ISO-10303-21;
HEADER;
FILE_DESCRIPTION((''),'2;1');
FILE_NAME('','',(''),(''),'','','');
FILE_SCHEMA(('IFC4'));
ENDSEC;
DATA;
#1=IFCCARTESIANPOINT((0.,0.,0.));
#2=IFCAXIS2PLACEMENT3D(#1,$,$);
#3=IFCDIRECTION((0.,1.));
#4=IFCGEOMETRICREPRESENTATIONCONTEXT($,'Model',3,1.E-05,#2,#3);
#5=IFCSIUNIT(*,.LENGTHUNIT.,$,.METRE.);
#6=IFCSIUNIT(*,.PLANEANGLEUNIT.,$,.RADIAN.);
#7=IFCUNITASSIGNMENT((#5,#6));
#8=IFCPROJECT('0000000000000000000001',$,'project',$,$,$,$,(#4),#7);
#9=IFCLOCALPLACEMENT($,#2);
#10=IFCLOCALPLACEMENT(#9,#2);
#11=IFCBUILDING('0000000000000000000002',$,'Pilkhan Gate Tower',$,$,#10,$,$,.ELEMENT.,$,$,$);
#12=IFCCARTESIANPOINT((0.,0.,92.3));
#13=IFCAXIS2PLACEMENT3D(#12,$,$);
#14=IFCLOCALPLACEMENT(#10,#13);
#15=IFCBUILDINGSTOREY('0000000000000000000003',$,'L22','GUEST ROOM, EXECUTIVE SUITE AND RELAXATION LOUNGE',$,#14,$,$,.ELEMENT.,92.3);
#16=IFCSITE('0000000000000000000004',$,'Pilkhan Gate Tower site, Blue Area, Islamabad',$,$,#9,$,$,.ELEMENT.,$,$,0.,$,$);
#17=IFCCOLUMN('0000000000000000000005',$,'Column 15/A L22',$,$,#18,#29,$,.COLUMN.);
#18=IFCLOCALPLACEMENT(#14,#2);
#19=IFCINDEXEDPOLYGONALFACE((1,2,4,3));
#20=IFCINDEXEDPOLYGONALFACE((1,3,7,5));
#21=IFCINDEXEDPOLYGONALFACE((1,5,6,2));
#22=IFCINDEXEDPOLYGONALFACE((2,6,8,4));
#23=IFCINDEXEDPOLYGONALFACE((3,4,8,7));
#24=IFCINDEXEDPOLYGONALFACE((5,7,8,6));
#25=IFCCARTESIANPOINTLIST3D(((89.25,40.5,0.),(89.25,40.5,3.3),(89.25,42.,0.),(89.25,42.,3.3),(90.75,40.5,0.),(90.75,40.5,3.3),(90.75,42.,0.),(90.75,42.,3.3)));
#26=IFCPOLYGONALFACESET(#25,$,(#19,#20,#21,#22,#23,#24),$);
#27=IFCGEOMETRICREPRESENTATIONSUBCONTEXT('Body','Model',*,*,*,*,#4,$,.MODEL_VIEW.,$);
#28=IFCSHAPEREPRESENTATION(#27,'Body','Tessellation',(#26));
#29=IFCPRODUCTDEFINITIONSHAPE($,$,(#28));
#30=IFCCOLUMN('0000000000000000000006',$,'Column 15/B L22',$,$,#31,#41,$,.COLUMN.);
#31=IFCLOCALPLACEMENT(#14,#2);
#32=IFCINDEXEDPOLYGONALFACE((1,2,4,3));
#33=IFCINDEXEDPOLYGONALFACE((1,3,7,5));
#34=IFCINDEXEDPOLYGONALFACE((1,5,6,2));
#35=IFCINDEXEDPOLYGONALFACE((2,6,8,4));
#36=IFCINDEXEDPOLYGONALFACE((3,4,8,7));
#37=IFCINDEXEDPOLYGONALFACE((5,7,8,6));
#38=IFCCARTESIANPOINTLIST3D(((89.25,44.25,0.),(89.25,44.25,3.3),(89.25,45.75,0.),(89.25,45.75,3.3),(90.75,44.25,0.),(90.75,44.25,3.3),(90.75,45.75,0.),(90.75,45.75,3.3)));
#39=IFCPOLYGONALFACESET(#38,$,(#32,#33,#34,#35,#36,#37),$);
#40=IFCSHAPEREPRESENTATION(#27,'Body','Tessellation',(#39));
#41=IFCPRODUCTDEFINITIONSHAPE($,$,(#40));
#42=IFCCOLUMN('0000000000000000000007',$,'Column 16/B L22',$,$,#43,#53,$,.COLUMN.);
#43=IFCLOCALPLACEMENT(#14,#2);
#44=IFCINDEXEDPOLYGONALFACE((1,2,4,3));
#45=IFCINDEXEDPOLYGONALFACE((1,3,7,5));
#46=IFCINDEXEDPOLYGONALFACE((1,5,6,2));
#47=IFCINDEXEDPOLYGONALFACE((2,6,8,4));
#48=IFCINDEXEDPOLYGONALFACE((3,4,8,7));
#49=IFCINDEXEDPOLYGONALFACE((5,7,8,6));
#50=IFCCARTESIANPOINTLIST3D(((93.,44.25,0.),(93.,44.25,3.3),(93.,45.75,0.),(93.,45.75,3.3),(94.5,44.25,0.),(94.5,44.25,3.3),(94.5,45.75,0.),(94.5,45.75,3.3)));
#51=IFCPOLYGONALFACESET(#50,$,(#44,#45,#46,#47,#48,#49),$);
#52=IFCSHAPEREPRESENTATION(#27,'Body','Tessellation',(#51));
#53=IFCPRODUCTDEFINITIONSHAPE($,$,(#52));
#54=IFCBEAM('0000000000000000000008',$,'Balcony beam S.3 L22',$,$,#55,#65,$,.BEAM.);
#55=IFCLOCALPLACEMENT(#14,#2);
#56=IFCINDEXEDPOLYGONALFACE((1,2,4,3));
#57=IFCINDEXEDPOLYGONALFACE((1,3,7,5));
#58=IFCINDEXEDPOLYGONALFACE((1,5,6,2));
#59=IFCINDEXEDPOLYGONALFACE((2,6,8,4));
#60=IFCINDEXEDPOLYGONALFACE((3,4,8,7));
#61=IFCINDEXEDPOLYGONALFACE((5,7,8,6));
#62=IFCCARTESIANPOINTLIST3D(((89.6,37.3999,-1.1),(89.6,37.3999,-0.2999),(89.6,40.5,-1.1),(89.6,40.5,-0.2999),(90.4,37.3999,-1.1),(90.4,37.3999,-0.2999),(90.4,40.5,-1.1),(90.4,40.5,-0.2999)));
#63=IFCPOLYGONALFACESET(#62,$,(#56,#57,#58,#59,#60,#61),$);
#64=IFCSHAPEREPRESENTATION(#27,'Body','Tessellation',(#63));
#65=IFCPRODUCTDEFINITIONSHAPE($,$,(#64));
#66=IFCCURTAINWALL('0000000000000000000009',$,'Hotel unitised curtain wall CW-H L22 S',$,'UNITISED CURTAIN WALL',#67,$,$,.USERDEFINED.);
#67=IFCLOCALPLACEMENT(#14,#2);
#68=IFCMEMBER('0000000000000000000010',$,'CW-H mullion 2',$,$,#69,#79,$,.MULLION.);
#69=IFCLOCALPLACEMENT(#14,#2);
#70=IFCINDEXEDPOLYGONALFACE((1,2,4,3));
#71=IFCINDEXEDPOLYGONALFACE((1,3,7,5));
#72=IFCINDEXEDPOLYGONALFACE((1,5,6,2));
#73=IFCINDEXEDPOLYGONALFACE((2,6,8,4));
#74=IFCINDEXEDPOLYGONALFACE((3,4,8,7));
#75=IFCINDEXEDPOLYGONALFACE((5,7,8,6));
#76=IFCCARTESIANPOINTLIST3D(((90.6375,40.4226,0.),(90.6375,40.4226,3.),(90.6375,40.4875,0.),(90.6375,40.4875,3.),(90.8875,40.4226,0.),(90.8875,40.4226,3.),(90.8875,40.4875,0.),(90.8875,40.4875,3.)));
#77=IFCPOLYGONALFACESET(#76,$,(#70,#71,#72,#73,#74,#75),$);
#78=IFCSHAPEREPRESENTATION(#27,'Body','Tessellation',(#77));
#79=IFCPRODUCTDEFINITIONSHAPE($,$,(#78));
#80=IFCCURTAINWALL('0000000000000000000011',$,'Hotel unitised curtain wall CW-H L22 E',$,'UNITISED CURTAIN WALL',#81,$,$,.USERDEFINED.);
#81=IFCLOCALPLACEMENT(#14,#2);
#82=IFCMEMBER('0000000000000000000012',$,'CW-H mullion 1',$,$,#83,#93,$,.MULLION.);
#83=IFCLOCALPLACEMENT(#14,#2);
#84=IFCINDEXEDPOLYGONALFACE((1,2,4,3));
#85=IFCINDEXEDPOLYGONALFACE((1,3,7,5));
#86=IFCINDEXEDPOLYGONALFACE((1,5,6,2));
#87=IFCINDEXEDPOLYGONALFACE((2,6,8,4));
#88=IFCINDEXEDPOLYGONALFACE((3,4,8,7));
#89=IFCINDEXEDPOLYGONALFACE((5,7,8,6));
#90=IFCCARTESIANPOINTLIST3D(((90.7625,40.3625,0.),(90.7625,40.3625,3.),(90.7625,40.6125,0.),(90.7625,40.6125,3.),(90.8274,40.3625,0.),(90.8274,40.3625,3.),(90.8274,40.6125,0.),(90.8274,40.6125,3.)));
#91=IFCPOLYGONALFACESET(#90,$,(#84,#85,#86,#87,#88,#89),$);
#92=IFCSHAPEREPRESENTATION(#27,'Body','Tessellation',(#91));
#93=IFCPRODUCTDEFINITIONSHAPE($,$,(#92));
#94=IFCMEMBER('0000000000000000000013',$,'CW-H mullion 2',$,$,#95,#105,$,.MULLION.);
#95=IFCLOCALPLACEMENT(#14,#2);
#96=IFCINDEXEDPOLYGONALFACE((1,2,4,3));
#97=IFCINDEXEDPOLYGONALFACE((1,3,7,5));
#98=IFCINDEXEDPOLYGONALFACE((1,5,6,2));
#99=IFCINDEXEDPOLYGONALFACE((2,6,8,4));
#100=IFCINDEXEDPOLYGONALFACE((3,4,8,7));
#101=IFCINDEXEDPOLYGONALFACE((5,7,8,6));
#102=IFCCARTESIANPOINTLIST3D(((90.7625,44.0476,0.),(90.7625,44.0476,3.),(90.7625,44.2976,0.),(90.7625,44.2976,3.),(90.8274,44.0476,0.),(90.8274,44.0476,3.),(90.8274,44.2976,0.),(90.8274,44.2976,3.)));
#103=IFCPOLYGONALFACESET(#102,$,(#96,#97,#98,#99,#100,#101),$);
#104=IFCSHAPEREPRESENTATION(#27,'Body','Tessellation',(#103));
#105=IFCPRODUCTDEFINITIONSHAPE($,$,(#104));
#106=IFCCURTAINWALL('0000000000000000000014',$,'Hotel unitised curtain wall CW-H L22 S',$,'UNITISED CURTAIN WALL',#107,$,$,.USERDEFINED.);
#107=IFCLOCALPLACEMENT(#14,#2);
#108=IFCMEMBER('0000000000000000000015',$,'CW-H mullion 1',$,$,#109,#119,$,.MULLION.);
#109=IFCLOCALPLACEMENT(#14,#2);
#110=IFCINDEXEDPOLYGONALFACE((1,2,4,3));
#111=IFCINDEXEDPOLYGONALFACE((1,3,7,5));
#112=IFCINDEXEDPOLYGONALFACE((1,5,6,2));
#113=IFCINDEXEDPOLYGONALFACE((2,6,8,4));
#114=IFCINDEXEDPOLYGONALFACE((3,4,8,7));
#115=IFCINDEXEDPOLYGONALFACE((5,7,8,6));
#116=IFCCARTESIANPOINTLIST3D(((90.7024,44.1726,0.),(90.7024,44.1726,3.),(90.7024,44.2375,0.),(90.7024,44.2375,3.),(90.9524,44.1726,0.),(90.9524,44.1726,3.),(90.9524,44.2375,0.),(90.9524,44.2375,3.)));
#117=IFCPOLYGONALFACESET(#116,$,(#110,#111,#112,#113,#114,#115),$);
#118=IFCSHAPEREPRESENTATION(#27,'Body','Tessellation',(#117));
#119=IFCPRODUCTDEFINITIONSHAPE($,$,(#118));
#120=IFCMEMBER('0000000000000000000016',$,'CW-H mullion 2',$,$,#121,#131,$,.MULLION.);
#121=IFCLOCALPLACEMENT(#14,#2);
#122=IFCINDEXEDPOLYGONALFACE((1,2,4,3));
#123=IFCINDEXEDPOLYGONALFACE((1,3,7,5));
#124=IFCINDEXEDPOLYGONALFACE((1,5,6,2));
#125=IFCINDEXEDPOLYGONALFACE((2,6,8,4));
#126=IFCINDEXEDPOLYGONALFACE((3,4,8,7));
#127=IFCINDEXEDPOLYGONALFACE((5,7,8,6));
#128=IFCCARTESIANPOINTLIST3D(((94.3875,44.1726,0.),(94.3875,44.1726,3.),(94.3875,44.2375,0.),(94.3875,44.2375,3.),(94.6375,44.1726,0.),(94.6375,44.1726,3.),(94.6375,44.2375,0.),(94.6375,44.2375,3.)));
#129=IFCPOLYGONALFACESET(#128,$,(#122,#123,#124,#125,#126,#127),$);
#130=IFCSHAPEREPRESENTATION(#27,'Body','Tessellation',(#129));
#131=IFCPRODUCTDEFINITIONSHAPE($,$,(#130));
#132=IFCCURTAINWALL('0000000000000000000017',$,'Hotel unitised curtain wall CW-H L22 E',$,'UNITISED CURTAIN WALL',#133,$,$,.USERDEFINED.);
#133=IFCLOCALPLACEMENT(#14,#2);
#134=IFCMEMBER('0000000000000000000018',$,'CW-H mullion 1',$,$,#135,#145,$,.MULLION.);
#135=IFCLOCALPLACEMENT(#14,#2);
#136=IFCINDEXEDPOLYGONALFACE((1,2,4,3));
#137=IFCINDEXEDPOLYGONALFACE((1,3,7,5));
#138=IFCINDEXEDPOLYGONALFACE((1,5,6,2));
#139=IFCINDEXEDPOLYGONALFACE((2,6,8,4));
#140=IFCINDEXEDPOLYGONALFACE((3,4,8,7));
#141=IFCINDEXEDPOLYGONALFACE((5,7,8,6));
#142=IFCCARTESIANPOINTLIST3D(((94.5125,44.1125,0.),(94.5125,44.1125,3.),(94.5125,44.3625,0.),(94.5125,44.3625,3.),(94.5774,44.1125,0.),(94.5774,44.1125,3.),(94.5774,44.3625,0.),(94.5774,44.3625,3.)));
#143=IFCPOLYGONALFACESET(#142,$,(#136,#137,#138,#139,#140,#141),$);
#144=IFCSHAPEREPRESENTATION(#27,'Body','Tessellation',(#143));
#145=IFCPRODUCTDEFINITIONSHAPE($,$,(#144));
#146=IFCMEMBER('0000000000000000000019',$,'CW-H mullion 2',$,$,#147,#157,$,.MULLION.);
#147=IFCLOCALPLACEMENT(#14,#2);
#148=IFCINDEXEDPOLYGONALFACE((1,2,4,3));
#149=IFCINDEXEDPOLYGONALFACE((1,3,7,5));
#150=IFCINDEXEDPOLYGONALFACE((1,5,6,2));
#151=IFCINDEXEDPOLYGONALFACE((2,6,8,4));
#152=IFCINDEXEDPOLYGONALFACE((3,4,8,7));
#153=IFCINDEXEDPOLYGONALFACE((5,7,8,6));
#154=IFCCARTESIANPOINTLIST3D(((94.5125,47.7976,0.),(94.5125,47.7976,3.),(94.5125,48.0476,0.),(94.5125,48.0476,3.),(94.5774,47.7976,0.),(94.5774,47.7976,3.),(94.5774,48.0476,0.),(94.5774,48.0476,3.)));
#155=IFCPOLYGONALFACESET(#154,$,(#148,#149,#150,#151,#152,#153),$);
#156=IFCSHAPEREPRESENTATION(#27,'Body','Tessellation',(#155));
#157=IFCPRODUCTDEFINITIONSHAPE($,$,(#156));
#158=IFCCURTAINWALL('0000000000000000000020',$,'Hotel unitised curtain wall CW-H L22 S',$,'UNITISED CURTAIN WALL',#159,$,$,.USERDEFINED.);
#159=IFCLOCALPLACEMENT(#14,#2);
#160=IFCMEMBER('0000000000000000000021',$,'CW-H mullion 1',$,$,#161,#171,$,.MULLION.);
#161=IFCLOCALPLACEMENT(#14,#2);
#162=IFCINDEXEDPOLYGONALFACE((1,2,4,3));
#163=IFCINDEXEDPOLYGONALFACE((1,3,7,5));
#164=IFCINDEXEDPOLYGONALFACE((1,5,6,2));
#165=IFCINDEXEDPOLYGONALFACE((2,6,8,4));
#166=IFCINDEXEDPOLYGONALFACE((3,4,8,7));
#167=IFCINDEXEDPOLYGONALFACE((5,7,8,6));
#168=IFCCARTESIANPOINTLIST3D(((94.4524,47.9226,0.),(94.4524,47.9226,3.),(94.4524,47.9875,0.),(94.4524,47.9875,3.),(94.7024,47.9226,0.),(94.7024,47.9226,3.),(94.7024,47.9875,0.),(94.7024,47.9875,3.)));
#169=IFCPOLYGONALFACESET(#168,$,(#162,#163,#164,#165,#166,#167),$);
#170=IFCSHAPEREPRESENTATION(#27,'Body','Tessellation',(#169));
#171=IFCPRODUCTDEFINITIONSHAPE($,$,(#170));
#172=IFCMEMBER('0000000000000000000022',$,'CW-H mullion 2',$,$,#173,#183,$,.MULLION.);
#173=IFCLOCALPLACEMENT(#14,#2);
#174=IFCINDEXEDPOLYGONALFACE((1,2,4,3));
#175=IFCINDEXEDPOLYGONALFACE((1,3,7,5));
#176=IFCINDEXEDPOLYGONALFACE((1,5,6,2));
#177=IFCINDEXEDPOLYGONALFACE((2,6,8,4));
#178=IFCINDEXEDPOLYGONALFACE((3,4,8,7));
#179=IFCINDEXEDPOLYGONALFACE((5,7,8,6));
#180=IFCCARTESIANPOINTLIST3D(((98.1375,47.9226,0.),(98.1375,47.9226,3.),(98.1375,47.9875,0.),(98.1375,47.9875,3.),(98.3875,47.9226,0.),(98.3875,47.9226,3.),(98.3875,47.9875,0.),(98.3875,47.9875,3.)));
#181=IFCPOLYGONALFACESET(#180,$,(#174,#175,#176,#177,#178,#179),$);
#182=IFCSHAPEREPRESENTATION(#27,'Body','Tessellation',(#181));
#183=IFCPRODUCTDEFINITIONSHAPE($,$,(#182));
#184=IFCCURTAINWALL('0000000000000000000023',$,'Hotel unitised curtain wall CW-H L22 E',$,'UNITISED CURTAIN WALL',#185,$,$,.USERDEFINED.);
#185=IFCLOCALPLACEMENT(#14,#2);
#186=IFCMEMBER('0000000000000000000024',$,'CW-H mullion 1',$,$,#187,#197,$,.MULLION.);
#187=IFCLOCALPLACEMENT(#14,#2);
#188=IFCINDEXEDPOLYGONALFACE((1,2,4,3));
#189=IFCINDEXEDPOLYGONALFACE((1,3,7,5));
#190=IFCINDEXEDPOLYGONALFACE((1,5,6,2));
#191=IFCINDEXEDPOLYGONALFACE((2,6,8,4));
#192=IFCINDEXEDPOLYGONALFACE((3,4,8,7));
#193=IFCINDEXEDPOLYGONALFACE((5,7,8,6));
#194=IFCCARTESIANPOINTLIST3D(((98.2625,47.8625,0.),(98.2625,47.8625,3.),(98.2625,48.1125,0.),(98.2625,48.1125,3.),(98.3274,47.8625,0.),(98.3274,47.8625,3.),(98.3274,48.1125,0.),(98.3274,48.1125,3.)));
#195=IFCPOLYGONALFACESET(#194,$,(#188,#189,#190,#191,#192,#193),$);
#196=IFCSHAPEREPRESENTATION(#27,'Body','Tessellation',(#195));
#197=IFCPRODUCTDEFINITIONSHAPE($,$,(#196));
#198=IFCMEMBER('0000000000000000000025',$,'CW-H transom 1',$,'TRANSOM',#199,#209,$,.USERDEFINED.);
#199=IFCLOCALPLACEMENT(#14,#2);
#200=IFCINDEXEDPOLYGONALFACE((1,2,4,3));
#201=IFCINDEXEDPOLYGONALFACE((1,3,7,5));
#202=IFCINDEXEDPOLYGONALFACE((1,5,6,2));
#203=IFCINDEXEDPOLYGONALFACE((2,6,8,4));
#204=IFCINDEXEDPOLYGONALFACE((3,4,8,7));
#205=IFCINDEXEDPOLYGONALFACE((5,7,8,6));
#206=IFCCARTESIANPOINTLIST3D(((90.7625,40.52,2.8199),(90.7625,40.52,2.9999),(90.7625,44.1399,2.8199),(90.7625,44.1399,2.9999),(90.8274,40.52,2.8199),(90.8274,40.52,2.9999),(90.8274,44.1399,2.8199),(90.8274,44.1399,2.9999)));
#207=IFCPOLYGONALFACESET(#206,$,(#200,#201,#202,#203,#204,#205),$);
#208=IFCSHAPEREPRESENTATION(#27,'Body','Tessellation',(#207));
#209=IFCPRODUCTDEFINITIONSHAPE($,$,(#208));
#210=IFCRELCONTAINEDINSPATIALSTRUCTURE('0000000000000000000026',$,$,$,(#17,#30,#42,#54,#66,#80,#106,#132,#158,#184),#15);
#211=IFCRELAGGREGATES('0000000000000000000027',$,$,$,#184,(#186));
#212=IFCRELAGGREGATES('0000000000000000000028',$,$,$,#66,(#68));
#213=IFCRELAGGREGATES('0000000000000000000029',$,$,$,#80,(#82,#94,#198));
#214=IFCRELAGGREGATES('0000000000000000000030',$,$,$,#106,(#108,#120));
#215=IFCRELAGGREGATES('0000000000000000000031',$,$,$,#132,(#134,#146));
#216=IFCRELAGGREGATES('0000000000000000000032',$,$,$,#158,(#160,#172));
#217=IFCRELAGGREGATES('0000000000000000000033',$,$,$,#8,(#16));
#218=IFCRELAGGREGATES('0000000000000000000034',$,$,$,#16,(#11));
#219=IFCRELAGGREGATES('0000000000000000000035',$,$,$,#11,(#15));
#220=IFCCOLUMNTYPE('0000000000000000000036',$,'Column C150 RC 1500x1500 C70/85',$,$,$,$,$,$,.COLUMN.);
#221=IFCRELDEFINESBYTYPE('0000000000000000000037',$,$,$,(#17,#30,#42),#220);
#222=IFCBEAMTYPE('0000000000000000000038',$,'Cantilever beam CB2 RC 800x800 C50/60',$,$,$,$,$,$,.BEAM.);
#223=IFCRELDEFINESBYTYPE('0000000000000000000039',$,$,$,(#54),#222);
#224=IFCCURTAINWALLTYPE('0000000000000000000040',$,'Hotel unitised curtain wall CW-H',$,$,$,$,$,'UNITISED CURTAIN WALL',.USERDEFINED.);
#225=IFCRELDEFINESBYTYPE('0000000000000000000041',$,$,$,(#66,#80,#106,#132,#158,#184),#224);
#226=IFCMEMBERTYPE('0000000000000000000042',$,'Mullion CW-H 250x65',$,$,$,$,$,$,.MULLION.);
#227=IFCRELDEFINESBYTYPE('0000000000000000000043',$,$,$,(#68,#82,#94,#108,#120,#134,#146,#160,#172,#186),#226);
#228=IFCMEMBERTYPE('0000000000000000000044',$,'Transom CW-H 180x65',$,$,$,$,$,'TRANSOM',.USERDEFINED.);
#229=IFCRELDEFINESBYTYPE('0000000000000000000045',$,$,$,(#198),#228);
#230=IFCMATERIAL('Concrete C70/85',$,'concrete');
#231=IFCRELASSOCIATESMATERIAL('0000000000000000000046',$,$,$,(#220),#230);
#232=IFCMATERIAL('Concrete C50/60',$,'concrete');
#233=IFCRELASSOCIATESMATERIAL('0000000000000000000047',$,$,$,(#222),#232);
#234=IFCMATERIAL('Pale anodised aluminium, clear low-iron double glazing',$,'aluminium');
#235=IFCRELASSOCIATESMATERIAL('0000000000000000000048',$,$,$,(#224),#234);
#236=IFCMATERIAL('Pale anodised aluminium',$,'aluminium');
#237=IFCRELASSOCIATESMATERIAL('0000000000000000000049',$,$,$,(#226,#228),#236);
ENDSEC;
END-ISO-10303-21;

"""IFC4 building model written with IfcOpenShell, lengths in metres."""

from ifc_helpers import new_model, si_unit, direction, frame, origin, origin_2d, place, context, subcontext, project, spatial, rectangle, extrude, material, material_profile, profile_set, type_object, element, aggregate, save


model = new_model("IFC4")

# Units and contexts
model_context = context("Model", 3, precision=1e-05, world=origin(), true_north=direction((0.0, 1.0)))
body_context = subcontext(model_context, "Body", "Model", "MODEL_VIEW")
ifc_project = project(units=[si_unit("LENGTHUNIT", "METRE"), si_unit("PLANEANGLEUNIT", "RADIAN")], contexts=[model_context])

# Site, building, storey
site_placement = place(None, origin())
site = spatial("IfcSite", under=ifc_project, at=site_placement, Name="Pilkhan Gate Tower site, Blue Area, Islamabad", CompositionType="ELEMENT", RefElevation=0.0)
building_placement = place(site_placement, origin())
building = spatial("IfcBuilding", under=site, at=building_placement, Name="Pilkhan Gate Tower", CompositionType="ELEMENT")
storey_placement = place(building_placement, frame((0.0, 0.0, 92.3)))
storey = spatial("IfcBuildingStorey", under=building, at=storey_placement, Name="L22", Description="GUEST ROOM, EXECUTIVE SUITE AND RELAXATION LOUNGE", CompositionType="ELEMENT", Elevation=92.3)

# Columns
ifc_material_1 = material(Name="Concrete C70/85", Category="concrete")
ifc_material_profile_1 = material_profile(ifc_material_1, rectangle(XDim=1.5, YDim=1.5, at=origin_2d()), Name="RC 1500x1500")
ifc_profile_set_1 = profile_set([ifc_material_profile_1], Name="Concrete C70/85")
column_type = type_object("IfcColumnType", Name="Column C150 RC 1500x1500 C70/85", PredefinedType="COLUMN", material=ifc_profile_set_1)
for number, where, z_axis, x_axis, name in (
    (1, (90.0, 41.25, 0.0), (0.0, 0.0, 1.0), (1.0, 0.0, 0.0), "Column 15/A L22"),
    (2, (90.0, 45.0, 0.0), (0.0, 0.0, 1.0), (1.0, 0.0, 0.0), "Column 15/B L22"),
    (3, (93.75, 45.0, 0.0), (0.0, 0.0, 1.0), (1.0, 0.0, 0.0), "Column 16/B L22"),
):
    element("IfcColumn", number, at=place(storey_placement, frame(where, z_axis=z_axis, x_axis=x_axis)), inside=storey, type_object=column_type, Name=name, PredefinedType="COLUMN", context=body_context, shape_type="SweptSolid", body=[
        extrude(rectangle(XDim=1.5, YDim=1.5, at=origin_2d()), origin(), (0.0, 0.0, 1.0), 3.3),
    ])

# Beam
ifc_material_2 = material(Name="Concrete C50/60", Category="concrete")
ifc_material_profile_2 = material_profile(ifc_material_2, rectangle(XDim=0.8, YDim=0.8, at=origin_2d()), Name="RC 800x800")
ifc_profile_set_2 = profile_set([ifc_material_profile_2], Name="Concrete C50/60")
beam_type = type_object("IfcBeamType", Name="Cantilever beam CB2 RC 800x800 C50/60", PredefinedType="BEAM", material=ifc_profile_set_2)
beam_placement = place(storey_placement, frame((90.0, 40.5, -0.7), z_axis=(0.0, -1.0, 0.0), x_axis=(1.0, 0.0, 0.0)))
element("IfcBeam", 4, at=beam_placement, inside=storey, type_object=beam_type, Name="Balcony beam S.3 L22", PredefinedType="BEAM", context=body_context, shape_type="SweptSolid", body=[
    extrude(rectangle(XDim=0.8, YDim=0.8, at=origin_2d()), origin(), (0.0, 0.0, 1.0), 3.1001),
])

# Curtain wall, member
ifc_material_3 = material(Name="Pale anodised aluminium, clear low-iron double glazing", Category="aluminium")
curtain_wall_type = type_object("IfcCurtainWallType", Name="Hotel unitised curtain wall CW-H", ElementType="UNITISED CURTAIN WALL", PredefinedType="USERDEFINED", material=ifc_material_3)
curtain_wall_1_placement = place(storey_placement, origin())
curtain_wall_1 = element("IfcCurtainWall", 5, at=curtain_wall_1_placement, inside=storey, type_object=curtain_wall_type, Name="Hotel unitised curtain wall CW-H L22 S", ObjectType="UNITISED CURTAIN WALL", PredefinedType="USERDEFINED")
ifc_material_4 = material(Name="Pale anodised aluminium", Category="aluminium")
ifc_material_profile_3 = material_profile(ifc_material_4, rectangle(XDim=0.0649, YDim=0.25, at=origin_2d()), Name="Mullion 250x65")
ifc_profile_set_3 = profile_set([ifc_material_profile_3], Name="Pale anodised aluminium")
member_type_1 = type_object("IfcMemberType", Name="Mullion CW-H 250x65", PredefinedType="MULLION", material=ifc_profile_set_3)
member_1_placement = place(storey_placement, frame((90.7625, 40.4551, 0.0), z_axis=(0.0, 0.0, 1.0), x_axis=(0.0, 1.0, 0.0)))
member_1 = element("IfcMember", 6, at=member_1_placement, type_object=member_type_1, Name="CW-H mullion 2", PredefinedType="MULLION", context=body_context, shape_type="SweptSolid", body=[
    extrude(rectangle(XDim=0.0649, YDim=0.25, at=origin_2d()), origin(), (0.0, 0.0, 1.0), 3.0),
])

# Curtain walls, members
curtain_wall_2_placement = place(storey_placement, origin())
curtain_wall_2 = element("IfcCurtainWall", 7, at=curtain_wall_2_placement, inside=storey, type_object=curtain_wall_type, Name="Hotel unitised curtain wall CW-H L22 E", ObjectType="UNITISED CURTAIN WALL", PredefinedType="USERDEFINED")
member_2_placement = place(storey_placement, frame((90.7949, 40.4875, 0.0), z_axis=(0.0, 0.0, 1.0), x_axis=(-1.0, 0.0, 0.0)))
member_2 = element("IfcMember", 8, at=member_2_placement, type_object=member_type_1, Name="CW-H mullion 1", PredefinedType="MULLION", context=body_context, shape_type="SweptSolid", body=[
    extrude(rectangle(XDim=0.0649, YDim=0.25, at=origin_2d()), origin(), (0.0, 0.0, 1.0), 3.0),
])
member_3_placement = place(storey_placement, frame((90.7949, 44.1726, 0.0), z_axis=(0.0, 0.0, 1.0), x_axis=(-1.0, 0.0, 0.0)))
member_3 = element("IfcMember", 9, at=member_3_placement, type_object=member_type_1, Name="CW-H mullion 2", PredefinedType="MULLION", context=body_context, shape_type="SweptSolid", body=[
    extrude(rectangle(XDim=0.0649, YDim=0.25, at=origin_2d()), origin(), (0.0, 0.0, 1.0), 3.0),
])
curtain_wall_3_placement = place(storey_placement, origin())
curtain_wall_3 = element("IfcCurtainWall", 10, at=curtain_wall_3_placement, inside=storey, type_object=curtain_wall_type, Name="Hotel unitised curtain wall CW-H L22 S", ObjectType="UNITISED CURTAIN WALL", PredefinedType="USERDEFINED")
member_4_placement = place(storey_placement, frame((90.8274, 44.2051, 0.0), z_axis=(0.0, 0.0, 1.0), x_axis=(0.0, 1.0, 0.0)))
member_4 = element("IfcMember", 11, at=member_4_placement, type_object=member_type_1, Name="CW-H mullion 1", PredefinedType="MULLION", context=body_context, shape_type="SweptSolid", body=[
    extrude(rectangle(XDim=0.0649, YDim=0.25, at=origin_2d()), origin(), (0.0, 0.0, 1.0), 3.0),
])
member_5_placement = place(storey_placement, frame((94.5125, 44.2051, 0.0), z_axis=(0.0, 0.0, 1.0), x_axis=(0.0, 1.0, 0.0)))
member_5 = element("IfcMember", 12, at=member_5_placement, type_object=member_type_1, Name="CW-H mullion 2", PredefinedType="MULLION", context=body_context, shape_type="SweptSolid", body=[
    extrude(rectangle(XDim=0.0649, YDim=0.25, at=origin_2d()), origin(), (0.0, 0.0, 1.0), 3.0),
])
curtain_wall_4_placement = place(storey_placement, origin())
curtain_wall_4 = element("IfcCurtainWall", 13, at=curtain_wall_4_placement, inside=storey, type_object=curtain_wall_type, Name="Hotel unitised curtain wall CW-H L22 E", ObjectType="UNITISED CURTAIN WALL", PredefinedType="USERDEFINED")
member_6_placement = place(storey_placement, frame((94.5449, 44.2375, 0.0), z_axis=(0.0, 0.0, 1.0), x_axis=(-1.0, 0.0, 0.0)))
member_6 = element("IfcMember", 14, at=member_6_placement, type_object=member_type_1, Name="CW-H mullion 1", PredefinedType="MULLION", context=body_context, shape_type="SweptSolid", body=[
    extrude(rectangle(XDim=0.0649, YDim=0.25, at=origin_2d()), origin(), (0.0, 0.0, 1.0), 3.0),
])
member_7_placement = place(storey_placement, frame((94.5449, 47.9226, 0.0), z_axis=(0.0, 0.0, 1.0), x_axis=(-1.0, 0.0, 0.0)))
member_7 = element("IfcMember", 15, at=member_7_placement, type_object=member_type_1, Name="CW-H mullion 2", PredefinedType="MULLION", context=body_context, shape_type="SweptSolid", body=[
    extrude(rectangle(XDim=0.0649, YDim=0.25, at=origin_2d()), origin(), (0.0, 0.0, 1.0), 3.0),
])
curtain_wall_5_placement = place(storey_placement, origin())
curtain_wall_5 = element("IfcCurtainWall", 16, at=curtain_wall_5_placement, inside=storey, type_object=curtain_wall_type, Name="Hotel unitised curtain wall CW-H L22 S", ObjectType="UNITISED CURTAIN WALL", PredefinedType="USERDEFINED")
member_8_placement = place(storey_placement, frame((94.5774, 47.9551, 0.0), z_axis=(0.0, 0.0, 1.0), x_axis=(0.0, 1.0, 0.0)))
member_8 = element("IfcMember", 17, at=member_8_placement, type_object=member_type_1, Name="CW-H mullion 1", PredefinedType="MULLION", context=body_context, shape_type="SweptSolid", body=[
    extrude(rectangle(XDim=0.0649, YDim=0.25, at=origin_2d()), origin(), (0.0, 0.0, 1.0), 3.0),
])
member_9_placement = place(storey_placement, frame((98.2625, 47.9551, 0.0), z_axis=(0.0, 0.0, 1.0), x_axis=(0.0, 1.0, 0.0)))
member_9 = element("IfcMember", 18, at=member_9_placement, type_object=member_type_1, Name="CW-H mullion 2", PredefinedType="MULLION", context=body_context, shape_type="SweptSolid", body=[
    extrude(rectangle(XDim=0.0649, YDim=0.25, at=origin_2d()), origin(), (0.0, 0.0, 1.0), 3.0),
])

# Curtain wall, member
curtain_wall_6_placement = place(storey_placement, origin())
curtain_wall_6 = element("IfcCurtainWall", 19, at=curtain_wall_6_placement, inside=storey, type_object=curtain_wall_type, Name="Hotel unitised curtain wall CW-H L22 E", ObjectType="UNITISED CURTAIN WALL", PredefinedType="USERDEFINED")
member_10_placement = place(storey_placement, frame((98.2949, 47.9875, 0.0), z_axis=(0.0, 0.0, 1.0), x_axis=(-1.0, 0.0, 0.0)))
member_10 = element("IfcMember", 20, at=member_10_placement, type_object=member_type_1, Name="CW-H mullion 1", PredefinedType="MULLION", context=body_context, shape_type="SweptSolid", body=[
    extrude(rectangle(XDim=0.0649, YDim=0.25, at=origin_2d()), origin(), (0.0, 0.0, 1.0), 3.0),
])
aggregate(curtain_wall_6, [member_10])

# Member
ifc_material_profile_4 = material_profile(ifc_material_4, rectangle(XDim=0.0649, YDim=0.1799, at=origin_2d()), Name="Transom 180x65")
ifc_profile_set_4 = profile_set([ifc_material_profile_4], Name="Pale anodised aluminium")
member_type_2 = type_object("IfcMemberType", Name="Transom CW-H 180x65", ElementType="TRANSOM", PredefinedType="USERDEFINED", material=ifc_profile_set_4)
member_11_placement = place(storey_placement, frame((90.7949, 40.52, 2.9099), z_axis=(0.0, 1.0, 0.0), x_axis=(-1.0, 0.0, 0.0)))
member_11 = element("IfcMember", 21, at=member_11_placement, type_object=member_type_2, Name="CW-H transom 1", ObjectType="TRANSOM", PredefinedType="USERDEFINED", context=body_context, shape_type="SweptSolid", body=[
    extrude(rectangle(XDim=0.0649, YDim=0.1799, at=origin_2d()), origin(), (0.0, 0.0, 1.0), 3.6199),
])

aggregate(curtain_wall_1, [member_1])
aggregate(curtain_wall_2, [member_2, member_3, member_11])
aggregate(curtain_wall_3, [member_4, member_5])
aggregate(curtain_wall_4, [member_6, member_7])
aggregate(curtain_wall_5, [member_8, member_9])

save(model, "model.ifc")
